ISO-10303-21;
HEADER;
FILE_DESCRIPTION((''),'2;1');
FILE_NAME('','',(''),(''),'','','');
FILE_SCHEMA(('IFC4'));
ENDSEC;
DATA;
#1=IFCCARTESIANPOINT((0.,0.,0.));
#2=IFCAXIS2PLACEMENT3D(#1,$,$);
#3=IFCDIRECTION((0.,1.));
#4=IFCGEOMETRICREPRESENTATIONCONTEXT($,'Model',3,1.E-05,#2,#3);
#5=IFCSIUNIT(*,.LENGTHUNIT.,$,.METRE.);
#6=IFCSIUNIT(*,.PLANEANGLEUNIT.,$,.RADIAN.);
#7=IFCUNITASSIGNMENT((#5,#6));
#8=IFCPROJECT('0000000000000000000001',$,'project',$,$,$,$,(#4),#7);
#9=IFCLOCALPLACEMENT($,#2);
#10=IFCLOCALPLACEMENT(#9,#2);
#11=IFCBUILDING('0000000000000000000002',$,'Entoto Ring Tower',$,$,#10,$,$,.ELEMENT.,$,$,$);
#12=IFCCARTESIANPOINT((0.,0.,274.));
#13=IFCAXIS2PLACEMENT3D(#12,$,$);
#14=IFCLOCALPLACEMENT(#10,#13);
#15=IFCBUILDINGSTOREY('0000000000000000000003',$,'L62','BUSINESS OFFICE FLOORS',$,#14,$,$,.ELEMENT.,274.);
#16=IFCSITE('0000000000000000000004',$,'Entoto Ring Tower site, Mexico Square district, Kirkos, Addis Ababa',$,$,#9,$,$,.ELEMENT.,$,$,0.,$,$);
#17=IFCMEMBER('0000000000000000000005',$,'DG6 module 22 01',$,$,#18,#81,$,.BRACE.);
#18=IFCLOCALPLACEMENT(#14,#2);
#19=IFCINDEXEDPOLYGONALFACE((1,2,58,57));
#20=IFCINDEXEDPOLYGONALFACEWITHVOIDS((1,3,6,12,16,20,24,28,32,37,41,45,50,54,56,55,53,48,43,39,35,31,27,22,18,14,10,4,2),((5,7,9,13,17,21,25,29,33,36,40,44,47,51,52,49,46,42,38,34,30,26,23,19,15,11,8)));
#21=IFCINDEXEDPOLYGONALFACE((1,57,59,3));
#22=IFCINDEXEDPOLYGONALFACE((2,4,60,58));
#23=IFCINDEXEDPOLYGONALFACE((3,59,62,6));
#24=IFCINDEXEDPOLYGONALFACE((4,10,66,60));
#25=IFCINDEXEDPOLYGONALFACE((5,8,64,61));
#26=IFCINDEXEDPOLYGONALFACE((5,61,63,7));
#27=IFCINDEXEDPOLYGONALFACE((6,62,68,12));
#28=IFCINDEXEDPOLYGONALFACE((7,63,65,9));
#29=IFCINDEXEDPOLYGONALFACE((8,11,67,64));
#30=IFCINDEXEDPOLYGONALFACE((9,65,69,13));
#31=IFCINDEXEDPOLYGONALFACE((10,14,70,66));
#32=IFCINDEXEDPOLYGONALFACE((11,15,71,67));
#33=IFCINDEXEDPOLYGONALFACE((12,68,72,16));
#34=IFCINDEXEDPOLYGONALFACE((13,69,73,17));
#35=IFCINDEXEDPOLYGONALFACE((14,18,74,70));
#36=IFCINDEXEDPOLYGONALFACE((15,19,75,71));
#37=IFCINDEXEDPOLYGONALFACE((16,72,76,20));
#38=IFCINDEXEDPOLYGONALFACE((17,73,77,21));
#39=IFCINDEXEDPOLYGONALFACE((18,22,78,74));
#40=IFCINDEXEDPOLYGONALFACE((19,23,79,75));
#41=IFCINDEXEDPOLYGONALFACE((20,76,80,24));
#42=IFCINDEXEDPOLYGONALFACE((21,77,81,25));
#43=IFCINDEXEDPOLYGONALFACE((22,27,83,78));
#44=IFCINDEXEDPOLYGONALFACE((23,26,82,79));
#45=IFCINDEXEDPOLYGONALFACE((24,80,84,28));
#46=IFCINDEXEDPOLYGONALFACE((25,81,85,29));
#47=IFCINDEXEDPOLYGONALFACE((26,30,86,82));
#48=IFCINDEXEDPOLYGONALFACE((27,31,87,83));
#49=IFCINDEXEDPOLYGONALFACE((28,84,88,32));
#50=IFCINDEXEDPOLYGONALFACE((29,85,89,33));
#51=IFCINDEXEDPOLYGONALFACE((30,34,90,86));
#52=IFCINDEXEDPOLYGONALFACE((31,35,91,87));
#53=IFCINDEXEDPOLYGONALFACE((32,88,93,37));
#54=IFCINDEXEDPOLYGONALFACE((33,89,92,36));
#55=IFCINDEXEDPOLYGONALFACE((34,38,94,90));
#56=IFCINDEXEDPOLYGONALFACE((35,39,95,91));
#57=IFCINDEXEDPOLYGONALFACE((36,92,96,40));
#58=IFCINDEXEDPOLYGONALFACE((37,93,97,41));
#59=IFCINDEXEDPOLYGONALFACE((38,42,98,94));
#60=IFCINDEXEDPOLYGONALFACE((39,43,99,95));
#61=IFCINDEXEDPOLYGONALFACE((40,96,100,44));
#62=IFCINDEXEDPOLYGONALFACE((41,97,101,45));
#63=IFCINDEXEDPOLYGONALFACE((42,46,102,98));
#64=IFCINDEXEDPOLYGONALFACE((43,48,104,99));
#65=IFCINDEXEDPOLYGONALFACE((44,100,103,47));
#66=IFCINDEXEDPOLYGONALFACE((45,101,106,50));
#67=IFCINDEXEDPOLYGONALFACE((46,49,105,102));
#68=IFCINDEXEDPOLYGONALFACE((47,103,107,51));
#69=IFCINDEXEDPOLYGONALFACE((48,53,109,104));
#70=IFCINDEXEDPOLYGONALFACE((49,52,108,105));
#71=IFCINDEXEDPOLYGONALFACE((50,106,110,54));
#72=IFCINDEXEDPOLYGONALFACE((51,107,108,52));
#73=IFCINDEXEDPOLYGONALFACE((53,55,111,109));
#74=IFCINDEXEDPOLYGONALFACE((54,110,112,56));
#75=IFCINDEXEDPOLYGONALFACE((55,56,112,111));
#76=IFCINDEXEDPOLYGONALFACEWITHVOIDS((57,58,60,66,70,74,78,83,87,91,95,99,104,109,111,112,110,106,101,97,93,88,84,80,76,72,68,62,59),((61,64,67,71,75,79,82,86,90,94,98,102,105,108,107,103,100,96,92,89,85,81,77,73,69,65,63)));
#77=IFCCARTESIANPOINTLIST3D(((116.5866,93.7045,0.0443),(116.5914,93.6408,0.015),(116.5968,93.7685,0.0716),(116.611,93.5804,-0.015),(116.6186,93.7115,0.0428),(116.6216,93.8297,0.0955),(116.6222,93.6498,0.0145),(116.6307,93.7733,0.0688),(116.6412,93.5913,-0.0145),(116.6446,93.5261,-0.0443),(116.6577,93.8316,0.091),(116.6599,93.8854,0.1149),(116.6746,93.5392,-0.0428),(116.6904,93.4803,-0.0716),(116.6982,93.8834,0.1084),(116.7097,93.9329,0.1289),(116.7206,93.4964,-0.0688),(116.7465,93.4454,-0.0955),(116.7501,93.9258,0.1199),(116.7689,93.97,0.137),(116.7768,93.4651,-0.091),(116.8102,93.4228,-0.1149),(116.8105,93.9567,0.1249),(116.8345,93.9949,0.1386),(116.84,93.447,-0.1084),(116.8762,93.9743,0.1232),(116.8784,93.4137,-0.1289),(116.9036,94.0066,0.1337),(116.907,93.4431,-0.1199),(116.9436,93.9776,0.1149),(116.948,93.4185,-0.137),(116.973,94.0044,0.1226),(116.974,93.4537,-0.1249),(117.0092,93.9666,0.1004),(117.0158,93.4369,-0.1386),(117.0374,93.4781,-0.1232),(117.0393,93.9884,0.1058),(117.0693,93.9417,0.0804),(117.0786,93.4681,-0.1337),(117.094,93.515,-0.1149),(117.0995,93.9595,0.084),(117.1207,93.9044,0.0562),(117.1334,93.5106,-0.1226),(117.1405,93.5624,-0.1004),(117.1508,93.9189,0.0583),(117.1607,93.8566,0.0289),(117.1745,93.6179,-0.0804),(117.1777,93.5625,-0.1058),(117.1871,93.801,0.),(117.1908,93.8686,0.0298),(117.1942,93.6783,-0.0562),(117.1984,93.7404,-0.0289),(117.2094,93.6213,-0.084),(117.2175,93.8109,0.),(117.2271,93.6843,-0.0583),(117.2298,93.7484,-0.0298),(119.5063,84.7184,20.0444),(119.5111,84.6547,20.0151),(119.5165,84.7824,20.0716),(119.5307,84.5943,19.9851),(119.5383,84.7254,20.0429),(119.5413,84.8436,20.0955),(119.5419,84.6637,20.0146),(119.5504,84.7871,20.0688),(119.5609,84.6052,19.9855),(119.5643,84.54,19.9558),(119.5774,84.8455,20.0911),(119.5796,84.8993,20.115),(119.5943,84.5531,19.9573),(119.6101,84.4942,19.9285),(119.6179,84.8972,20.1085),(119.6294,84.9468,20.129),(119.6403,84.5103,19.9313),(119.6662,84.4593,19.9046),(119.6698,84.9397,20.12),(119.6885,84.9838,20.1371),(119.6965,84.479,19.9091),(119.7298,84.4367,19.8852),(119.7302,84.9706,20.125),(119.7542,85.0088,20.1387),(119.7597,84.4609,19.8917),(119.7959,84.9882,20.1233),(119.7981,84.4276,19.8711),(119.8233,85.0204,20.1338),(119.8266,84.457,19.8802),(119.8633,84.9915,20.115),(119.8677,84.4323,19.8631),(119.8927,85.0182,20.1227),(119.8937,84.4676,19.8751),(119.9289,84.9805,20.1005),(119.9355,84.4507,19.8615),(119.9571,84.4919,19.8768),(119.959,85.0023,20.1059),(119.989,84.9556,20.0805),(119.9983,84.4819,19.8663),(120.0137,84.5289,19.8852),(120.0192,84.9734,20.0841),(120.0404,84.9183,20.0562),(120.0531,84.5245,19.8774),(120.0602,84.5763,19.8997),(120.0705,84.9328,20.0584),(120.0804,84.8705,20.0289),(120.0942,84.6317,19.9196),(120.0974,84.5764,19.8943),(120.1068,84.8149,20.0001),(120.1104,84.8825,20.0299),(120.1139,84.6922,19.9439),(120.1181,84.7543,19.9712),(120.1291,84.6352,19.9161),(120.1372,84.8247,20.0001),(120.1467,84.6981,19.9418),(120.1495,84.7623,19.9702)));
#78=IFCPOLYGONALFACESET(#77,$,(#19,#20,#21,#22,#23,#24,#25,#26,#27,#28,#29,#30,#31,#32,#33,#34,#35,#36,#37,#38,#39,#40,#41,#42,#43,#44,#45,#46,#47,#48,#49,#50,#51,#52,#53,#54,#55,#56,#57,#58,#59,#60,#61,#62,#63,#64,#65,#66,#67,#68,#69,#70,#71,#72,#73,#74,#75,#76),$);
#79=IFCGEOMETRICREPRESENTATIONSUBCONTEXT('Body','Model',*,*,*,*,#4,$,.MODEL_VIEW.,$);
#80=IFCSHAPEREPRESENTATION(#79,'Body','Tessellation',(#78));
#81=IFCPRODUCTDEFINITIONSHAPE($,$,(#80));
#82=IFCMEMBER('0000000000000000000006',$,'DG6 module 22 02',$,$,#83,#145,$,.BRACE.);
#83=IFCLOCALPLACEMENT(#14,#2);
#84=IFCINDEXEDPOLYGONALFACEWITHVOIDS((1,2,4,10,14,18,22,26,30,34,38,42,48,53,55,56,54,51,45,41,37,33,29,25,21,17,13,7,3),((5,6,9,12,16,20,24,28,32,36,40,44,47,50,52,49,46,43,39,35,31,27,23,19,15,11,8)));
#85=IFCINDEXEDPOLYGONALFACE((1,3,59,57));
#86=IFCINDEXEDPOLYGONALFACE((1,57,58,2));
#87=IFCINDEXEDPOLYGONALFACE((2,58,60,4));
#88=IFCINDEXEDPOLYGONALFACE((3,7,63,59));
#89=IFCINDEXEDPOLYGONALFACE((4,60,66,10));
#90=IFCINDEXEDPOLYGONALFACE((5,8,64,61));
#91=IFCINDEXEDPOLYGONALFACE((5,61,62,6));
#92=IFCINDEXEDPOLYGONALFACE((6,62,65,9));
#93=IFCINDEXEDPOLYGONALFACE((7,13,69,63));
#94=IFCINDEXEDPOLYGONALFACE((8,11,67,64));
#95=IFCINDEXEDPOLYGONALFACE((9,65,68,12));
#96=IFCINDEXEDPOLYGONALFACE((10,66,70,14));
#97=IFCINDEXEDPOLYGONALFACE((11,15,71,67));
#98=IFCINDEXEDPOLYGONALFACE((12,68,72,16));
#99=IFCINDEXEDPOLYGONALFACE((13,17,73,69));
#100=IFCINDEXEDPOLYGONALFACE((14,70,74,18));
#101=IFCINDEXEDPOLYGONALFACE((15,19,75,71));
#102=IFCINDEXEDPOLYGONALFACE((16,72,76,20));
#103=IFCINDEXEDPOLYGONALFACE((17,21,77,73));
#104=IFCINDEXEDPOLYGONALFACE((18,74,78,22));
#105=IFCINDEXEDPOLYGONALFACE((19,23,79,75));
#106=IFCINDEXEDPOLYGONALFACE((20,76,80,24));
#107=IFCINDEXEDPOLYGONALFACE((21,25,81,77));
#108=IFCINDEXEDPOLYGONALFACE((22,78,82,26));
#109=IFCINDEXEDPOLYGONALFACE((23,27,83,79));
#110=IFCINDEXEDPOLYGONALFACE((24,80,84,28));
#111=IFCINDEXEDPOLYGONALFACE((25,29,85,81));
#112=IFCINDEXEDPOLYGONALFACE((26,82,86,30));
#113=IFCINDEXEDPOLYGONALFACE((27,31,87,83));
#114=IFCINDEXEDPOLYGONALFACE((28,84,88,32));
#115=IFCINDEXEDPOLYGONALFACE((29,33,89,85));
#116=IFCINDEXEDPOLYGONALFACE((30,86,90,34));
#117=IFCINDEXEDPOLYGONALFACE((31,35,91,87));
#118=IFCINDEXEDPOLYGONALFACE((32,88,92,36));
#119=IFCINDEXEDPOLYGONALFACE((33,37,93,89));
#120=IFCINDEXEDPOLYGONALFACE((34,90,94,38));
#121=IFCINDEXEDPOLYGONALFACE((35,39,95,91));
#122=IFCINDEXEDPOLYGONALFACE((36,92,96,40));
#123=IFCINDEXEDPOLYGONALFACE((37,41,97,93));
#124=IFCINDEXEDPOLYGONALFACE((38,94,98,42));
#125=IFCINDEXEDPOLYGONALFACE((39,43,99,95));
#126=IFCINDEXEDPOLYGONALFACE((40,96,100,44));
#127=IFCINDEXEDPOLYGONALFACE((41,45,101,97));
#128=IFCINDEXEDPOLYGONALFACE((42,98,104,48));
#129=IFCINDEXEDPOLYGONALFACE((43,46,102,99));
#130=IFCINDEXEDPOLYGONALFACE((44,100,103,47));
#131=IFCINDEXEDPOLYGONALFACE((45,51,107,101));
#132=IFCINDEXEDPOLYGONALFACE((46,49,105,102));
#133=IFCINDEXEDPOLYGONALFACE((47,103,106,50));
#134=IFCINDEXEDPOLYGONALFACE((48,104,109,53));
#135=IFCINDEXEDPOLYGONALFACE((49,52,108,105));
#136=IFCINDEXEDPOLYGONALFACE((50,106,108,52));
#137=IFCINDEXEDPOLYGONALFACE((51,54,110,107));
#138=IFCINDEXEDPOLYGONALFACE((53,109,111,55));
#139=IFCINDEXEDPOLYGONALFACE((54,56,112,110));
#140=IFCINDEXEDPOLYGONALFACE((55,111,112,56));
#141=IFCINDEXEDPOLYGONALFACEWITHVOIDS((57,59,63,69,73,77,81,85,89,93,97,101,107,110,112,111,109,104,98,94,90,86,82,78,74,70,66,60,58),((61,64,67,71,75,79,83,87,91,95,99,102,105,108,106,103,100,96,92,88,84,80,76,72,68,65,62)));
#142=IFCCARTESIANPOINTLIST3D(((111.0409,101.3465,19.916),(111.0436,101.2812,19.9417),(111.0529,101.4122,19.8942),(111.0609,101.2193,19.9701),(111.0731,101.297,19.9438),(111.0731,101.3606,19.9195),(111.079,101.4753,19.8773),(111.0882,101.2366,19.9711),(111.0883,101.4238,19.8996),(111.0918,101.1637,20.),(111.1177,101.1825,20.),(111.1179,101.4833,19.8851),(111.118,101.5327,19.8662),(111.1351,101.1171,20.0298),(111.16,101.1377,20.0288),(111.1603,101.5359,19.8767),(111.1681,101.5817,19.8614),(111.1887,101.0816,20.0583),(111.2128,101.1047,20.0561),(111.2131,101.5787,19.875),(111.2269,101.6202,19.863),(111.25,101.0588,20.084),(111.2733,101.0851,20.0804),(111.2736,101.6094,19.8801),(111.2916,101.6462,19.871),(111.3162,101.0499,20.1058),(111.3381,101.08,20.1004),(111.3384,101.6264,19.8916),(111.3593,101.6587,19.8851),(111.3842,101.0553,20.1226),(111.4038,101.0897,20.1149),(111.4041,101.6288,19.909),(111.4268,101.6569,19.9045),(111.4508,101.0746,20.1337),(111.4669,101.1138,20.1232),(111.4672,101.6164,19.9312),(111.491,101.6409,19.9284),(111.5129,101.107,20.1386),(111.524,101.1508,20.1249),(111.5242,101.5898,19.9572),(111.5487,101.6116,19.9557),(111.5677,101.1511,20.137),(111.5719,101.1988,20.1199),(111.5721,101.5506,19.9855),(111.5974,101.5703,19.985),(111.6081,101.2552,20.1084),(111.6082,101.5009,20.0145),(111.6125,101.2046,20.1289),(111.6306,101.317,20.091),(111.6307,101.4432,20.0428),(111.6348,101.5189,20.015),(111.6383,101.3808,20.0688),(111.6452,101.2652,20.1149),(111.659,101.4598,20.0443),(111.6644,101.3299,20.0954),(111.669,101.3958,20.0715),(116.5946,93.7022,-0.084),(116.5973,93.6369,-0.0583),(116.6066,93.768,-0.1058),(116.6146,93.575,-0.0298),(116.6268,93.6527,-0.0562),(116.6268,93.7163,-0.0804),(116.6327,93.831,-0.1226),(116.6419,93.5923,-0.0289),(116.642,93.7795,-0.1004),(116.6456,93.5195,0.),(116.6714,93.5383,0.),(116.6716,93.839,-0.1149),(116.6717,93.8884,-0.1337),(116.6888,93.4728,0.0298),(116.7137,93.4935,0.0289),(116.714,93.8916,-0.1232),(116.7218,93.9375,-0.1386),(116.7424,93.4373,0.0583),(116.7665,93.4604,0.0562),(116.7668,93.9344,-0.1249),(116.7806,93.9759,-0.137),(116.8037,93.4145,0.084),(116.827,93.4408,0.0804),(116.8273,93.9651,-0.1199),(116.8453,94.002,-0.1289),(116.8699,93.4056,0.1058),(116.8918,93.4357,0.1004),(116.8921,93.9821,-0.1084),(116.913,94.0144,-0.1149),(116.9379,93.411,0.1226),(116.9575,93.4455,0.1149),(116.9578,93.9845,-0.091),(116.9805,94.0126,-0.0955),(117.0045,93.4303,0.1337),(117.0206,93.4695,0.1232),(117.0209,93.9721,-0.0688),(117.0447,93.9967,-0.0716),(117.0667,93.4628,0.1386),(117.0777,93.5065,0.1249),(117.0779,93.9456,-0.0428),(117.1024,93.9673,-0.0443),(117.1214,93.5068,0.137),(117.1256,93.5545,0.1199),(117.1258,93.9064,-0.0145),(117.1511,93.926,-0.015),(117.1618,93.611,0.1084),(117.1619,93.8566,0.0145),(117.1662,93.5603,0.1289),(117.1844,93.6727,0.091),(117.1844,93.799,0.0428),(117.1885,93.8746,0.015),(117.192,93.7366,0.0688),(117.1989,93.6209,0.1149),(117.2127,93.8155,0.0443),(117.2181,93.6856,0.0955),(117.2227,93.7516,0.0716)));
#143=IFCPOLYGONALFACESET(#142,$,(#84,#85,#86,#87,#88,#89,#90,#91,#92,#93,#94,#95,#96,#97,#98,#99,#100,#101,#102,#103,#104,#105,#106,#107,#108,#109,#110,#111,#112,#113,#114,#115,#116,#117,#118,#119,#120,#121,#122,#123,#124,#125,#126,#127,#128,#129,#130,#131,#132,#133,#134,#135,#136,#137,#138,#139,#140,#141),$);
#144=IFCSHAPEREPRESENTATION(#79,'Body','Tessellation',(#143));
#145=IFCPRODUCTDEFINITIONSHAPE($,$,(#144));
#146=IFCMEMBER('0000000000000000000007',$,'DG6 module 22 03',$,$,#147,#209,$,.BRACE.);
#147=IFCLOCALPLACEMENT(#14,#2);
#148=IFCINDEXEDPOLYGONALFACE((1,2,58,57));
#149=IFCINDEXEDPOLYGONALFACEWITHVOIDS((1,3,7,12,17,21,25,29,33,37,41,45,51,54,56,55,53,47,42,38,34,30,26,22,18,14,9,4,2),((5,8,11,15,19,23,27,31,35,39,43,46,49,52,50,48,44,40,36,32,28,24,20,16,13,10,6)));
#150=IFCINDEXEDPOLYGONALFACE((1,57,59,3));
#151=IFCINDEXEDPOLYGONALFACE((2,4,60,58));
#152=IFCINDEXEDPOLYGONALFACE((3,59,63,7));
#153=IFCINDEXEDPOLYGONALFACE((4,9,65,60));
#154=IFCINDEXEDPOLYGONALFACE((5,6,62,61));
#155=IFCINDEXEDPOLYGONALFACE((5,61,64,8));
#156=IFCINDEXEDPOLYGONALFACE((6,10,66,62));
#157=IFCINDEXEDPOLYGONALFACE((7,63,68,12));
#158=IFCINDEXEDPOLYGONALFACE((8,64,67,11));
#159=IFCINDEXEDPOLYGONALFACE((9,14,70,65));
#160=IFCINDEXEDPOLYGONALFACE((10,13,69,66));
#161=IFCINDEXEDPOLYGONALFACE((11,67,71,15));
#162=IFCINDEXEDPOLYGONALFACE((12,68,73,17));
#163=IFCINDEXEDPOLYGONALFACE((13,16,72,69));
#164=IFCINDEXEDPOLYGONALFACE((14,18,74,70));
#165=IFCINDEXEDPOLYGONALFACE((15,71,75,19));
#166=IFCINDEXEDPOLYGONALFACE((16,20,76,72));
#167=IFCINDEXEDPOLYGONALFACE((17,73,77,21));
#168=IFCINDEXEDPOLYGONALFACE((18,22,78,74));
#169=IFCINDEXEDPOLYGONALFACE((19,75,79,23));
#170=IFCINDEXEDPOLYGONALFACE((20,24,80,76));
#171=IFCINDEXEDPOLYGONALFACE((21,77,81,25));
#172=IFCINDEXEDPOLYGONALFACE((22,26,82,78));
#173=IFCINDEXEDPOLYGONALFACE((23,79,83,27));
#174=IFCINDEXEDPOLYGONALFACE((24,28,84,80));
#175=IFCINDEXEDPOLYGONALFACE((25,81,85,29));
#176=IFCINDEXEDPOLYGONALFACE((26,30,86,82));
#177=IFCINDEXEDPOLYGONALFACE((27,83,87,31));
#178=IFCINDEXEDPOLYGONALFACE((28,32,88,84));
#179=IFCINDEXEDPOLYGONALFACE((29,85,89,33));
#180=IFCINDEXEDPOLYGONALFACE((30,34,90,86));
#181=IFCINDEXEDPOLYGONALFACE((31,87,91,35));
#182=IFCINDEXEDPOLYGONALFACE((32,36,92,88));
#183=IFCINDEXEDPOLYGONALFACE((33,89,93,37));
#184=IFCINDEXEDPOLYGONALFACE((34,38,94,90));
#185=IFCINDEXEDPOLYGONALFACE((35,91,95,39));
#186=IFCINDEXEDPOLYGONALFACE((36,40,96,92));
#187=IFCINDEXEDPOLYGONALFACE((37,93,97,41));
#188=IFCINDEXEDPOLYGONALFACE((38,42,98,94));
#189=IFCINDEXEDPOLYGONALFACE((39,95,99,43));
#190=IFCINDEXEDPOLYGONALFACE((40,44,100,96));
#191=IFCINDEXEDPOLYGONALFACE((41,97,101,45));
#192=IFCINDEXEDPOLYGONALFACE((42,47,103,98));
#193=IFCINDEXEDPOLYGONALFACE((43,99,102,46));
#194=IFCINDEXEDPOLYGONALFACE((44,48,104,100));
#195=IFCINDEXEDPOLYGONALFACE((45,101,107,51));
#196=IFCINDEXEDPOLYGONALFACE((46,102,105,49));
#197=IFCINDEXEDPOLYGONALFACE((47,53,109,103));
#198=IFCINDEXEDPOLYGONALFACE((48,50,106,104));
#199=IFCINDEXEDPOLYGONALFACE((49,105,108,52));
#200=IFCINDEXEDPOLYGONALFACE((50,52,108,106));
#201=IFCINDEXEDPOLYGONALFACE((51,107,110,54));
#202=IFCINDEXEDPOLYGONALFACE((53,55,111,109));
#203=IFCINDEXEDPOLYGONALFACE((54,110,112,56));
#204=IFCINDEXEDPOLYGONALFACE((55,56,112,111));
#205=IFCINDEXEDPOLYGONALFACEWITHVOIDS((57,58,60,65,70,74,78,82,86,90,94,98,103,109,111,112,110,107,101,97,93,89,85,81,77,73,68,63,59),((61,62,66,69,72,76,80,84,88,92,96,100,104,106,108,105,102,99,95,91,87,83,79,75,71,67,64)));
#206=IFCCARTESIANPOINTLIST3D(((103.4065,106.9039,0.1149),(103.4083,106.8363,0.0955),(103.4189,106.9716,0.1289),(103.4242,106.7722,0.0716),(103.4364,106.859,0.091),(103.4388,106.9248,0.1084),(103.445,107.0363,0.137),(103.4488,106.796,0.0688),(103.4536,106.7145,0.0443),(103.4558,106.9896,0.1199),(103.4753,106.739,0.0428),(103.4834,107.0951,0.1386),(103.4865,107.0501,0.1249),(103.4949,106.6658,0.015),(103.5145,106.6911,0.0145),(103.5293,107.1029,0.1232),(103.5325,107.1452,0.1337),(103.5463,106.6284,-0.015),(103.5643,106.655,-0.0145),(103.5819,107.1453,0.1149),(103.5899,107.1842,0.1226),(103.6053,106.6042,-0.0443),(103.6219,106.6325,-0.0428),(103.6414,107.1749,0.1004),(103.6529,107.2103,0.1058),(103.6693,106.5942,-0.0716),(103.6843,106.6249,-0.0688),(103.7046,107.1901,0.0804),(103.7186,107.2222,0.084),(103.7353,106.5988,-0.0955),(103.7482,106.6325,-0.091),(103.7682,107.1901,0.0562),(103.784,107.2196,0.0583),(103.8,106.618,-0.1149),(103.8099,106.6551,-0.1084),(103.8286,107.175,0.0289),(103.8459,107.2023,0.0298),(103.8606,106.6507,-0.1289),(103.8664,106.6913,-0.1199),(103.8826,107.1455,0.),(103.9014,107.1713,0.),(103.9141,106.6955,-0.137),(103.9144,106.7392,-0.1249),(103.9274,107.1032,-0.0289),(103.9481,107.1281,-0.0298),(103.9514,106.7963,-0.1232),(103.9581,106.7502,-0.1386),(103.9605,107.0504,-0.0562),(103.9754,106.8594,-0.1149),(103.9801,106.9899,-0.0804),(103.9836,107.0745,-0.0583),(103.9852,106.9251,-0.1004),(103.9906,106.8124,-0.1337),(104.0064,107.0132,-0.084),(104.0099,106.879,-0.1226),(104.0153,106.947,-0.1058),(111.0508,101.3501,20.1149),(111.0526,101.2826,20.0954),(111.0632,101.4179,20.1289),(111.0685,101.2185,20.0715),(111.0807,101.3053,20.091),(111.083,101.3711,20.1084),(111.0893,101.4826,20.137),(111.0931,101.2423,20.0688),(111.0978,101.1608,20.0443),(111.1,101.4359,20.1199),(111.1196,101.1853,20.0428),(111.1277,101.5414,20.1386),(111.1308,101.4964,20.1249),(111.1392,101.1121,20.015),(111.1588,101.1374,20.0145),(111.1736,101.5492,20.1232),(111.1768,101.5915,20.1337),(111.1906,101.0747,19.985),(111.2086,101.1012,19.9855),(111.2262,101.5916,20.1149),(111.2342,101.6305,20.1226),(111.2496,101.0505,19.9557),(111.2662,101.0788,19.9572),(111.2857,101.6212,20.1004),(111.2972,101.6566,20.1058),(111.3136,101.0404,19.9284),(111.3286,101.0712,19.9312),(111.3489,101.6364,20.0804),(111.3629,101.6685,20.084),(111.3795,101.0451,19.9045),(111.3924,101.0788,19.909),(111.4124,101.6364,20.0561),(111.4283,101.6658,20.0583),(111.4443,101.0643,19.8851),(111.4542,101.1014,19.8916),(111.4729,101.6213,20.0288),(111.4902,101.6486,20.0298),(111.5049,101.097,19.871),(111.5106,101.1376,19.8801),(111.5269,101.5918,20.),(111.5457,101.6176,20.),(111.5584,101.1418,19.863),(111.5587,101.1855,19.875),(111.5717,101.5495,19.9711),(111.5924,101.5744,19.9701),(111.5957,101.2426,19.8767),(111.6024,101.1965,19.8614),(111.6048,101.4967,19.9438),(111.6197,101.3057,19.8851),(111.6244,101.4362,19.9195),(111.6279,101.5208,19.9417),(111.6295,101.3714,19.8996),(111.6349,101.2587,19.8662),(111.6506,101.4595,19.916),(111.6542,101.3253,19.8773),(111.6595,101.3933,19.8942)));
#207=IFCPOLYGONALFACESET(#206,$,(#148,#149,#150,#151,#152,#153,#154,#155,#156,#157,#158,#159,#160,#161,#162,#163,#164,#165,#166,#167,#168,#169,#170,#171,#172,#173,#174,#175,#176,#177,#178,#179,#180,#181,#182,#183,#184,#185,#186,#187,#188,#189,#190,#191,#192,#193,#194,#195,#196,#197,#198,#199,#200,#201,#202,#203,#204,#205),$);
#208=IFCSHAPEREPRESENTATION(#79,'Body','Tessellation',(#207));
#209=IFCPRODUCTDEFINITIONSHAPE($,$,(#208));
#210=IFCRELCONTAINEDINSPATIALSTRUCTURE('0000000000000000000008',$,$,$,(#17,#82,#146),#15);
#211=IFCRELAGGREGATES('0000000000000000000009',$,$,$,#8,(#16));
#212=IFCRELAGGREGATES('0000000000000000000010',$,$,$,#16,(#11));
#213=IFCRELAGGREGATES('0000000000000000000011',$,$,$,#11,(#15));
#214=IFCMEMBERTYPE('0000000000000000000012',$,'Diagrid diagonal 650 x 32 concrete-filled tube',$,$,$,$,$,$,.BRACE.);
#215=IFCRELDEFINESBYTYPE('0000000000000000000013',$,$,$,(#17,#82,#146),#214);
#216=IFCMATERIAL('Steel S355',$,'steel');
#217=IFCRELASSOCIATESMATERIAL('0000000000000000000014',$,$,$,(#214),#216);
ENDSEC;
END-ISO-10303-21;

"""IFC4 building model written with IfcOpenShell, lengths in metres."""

from ifc_helpers import new_model, si_unit, direction, frame, origin, origin_2d, place, context, subcontext, project, spatial, circle, hollow_circle, extrude, material, material_profile, profile_set, type_object, element, save


model = new_model("IFC4")

# Units and contexts
model_context = context("Model", 3, precision=1e-05, world=origin(), true_north=direction((0.0, 1.0)))
body_context = subcontext(model_context, "Body", "Model", "MODEL_VIEW")
ifc_project = project(units=[si_unit("LENGTHUNIT", "METRE"), si_unit("PLANEANGLEUNIT", "RADIAN")], contexts=[model_context])

# Site, building, storey
site_placement = place(None, origin())
site = spatial("IfcSite", under=ifc_project, at=site_placement, Name="Entoto Ring Tower site, Mexico Square district, Kirkos, Addis Ababa", CompositionType="ELEMENT", RefElevation=0.0)
building_placement = place(site_placement, origin())
building = spatial("IfcBuilding", under=site, at=building_placement, Name="Entoto Ring Tower", CompositionType="ELEMENT")
storey_placement = place(building_placement, frame((0.0, 0.0, 274.0)))
storey = spatial("IfcBuildingStorey", under=building, at=storey_placement, Name="L62", Description="BUSINESS OFFICE FLOORS", CompositionType="ELEMENT", Elevation=274.0)

# Members
ifc_material_1 = material(Name="Steel S355", Category="steel")
ifc_material_profile_1 = material_profile(ifc_material_1, hollow_circle(Radius=0.325, WallThickness=0.032, at=origin_2d()), Name="CHS 650 x 32")
ifc_material_2 = material(Name="Concrete C60/75", Category="concrete")
ifc_material_profile_2 = material_profile(ifc_material_2, circle(Radius=0.293, at=origin_2d()), Name="Concrete C60/75 infill")
ifc_profile_set_1 = profile_set([ifc_material_profile_1, ifc_material_profile_2], Name="Steel S355")
member_type_1 = type_object("IfcMemberType", Name="Diagrid diagonal 650 x 32 concrete-filled tube", PredefinedType="BRACE", material=ifc_profile_set_1)
for number, where, z_axis, x_axis, name in (
    (1, (116.9084, 93.7104, 0.0), (0.131995, -0.406251, 0.904178), (0.951059, 0.30901, 0.0), "DG6 module 22 01"),
    (2, (116.9084, 93.7104, 0.0), (-0.251076, 0.345588, 0.904174), (-0.809026, -0.587772, 0.0), "DG6 module 22 02"),
    (3, (103.7104, 106.9084, 0.0), (0.345588, -0.251076, 0.904174), (0.587772, 0.809026, 0.0), "DG6 module 22 03"),
):
    element("IfcMember", number, at=place(storey_placement, frame(where, z_axis=z_axis, x_axis=x_axis)), inside=storey, type_object=member_type_1, Name=name, PredefinedType="BRACE", context=body_context, shape_type="SweptSolid", body=[
        extrude(hollow_circle(Radius=0.325, WallThickness=0.032, at=origin_2d()), origin(), (0.0, 0.0, 1.0), 22.1196),
    ])

save(model, "model.ifc")
